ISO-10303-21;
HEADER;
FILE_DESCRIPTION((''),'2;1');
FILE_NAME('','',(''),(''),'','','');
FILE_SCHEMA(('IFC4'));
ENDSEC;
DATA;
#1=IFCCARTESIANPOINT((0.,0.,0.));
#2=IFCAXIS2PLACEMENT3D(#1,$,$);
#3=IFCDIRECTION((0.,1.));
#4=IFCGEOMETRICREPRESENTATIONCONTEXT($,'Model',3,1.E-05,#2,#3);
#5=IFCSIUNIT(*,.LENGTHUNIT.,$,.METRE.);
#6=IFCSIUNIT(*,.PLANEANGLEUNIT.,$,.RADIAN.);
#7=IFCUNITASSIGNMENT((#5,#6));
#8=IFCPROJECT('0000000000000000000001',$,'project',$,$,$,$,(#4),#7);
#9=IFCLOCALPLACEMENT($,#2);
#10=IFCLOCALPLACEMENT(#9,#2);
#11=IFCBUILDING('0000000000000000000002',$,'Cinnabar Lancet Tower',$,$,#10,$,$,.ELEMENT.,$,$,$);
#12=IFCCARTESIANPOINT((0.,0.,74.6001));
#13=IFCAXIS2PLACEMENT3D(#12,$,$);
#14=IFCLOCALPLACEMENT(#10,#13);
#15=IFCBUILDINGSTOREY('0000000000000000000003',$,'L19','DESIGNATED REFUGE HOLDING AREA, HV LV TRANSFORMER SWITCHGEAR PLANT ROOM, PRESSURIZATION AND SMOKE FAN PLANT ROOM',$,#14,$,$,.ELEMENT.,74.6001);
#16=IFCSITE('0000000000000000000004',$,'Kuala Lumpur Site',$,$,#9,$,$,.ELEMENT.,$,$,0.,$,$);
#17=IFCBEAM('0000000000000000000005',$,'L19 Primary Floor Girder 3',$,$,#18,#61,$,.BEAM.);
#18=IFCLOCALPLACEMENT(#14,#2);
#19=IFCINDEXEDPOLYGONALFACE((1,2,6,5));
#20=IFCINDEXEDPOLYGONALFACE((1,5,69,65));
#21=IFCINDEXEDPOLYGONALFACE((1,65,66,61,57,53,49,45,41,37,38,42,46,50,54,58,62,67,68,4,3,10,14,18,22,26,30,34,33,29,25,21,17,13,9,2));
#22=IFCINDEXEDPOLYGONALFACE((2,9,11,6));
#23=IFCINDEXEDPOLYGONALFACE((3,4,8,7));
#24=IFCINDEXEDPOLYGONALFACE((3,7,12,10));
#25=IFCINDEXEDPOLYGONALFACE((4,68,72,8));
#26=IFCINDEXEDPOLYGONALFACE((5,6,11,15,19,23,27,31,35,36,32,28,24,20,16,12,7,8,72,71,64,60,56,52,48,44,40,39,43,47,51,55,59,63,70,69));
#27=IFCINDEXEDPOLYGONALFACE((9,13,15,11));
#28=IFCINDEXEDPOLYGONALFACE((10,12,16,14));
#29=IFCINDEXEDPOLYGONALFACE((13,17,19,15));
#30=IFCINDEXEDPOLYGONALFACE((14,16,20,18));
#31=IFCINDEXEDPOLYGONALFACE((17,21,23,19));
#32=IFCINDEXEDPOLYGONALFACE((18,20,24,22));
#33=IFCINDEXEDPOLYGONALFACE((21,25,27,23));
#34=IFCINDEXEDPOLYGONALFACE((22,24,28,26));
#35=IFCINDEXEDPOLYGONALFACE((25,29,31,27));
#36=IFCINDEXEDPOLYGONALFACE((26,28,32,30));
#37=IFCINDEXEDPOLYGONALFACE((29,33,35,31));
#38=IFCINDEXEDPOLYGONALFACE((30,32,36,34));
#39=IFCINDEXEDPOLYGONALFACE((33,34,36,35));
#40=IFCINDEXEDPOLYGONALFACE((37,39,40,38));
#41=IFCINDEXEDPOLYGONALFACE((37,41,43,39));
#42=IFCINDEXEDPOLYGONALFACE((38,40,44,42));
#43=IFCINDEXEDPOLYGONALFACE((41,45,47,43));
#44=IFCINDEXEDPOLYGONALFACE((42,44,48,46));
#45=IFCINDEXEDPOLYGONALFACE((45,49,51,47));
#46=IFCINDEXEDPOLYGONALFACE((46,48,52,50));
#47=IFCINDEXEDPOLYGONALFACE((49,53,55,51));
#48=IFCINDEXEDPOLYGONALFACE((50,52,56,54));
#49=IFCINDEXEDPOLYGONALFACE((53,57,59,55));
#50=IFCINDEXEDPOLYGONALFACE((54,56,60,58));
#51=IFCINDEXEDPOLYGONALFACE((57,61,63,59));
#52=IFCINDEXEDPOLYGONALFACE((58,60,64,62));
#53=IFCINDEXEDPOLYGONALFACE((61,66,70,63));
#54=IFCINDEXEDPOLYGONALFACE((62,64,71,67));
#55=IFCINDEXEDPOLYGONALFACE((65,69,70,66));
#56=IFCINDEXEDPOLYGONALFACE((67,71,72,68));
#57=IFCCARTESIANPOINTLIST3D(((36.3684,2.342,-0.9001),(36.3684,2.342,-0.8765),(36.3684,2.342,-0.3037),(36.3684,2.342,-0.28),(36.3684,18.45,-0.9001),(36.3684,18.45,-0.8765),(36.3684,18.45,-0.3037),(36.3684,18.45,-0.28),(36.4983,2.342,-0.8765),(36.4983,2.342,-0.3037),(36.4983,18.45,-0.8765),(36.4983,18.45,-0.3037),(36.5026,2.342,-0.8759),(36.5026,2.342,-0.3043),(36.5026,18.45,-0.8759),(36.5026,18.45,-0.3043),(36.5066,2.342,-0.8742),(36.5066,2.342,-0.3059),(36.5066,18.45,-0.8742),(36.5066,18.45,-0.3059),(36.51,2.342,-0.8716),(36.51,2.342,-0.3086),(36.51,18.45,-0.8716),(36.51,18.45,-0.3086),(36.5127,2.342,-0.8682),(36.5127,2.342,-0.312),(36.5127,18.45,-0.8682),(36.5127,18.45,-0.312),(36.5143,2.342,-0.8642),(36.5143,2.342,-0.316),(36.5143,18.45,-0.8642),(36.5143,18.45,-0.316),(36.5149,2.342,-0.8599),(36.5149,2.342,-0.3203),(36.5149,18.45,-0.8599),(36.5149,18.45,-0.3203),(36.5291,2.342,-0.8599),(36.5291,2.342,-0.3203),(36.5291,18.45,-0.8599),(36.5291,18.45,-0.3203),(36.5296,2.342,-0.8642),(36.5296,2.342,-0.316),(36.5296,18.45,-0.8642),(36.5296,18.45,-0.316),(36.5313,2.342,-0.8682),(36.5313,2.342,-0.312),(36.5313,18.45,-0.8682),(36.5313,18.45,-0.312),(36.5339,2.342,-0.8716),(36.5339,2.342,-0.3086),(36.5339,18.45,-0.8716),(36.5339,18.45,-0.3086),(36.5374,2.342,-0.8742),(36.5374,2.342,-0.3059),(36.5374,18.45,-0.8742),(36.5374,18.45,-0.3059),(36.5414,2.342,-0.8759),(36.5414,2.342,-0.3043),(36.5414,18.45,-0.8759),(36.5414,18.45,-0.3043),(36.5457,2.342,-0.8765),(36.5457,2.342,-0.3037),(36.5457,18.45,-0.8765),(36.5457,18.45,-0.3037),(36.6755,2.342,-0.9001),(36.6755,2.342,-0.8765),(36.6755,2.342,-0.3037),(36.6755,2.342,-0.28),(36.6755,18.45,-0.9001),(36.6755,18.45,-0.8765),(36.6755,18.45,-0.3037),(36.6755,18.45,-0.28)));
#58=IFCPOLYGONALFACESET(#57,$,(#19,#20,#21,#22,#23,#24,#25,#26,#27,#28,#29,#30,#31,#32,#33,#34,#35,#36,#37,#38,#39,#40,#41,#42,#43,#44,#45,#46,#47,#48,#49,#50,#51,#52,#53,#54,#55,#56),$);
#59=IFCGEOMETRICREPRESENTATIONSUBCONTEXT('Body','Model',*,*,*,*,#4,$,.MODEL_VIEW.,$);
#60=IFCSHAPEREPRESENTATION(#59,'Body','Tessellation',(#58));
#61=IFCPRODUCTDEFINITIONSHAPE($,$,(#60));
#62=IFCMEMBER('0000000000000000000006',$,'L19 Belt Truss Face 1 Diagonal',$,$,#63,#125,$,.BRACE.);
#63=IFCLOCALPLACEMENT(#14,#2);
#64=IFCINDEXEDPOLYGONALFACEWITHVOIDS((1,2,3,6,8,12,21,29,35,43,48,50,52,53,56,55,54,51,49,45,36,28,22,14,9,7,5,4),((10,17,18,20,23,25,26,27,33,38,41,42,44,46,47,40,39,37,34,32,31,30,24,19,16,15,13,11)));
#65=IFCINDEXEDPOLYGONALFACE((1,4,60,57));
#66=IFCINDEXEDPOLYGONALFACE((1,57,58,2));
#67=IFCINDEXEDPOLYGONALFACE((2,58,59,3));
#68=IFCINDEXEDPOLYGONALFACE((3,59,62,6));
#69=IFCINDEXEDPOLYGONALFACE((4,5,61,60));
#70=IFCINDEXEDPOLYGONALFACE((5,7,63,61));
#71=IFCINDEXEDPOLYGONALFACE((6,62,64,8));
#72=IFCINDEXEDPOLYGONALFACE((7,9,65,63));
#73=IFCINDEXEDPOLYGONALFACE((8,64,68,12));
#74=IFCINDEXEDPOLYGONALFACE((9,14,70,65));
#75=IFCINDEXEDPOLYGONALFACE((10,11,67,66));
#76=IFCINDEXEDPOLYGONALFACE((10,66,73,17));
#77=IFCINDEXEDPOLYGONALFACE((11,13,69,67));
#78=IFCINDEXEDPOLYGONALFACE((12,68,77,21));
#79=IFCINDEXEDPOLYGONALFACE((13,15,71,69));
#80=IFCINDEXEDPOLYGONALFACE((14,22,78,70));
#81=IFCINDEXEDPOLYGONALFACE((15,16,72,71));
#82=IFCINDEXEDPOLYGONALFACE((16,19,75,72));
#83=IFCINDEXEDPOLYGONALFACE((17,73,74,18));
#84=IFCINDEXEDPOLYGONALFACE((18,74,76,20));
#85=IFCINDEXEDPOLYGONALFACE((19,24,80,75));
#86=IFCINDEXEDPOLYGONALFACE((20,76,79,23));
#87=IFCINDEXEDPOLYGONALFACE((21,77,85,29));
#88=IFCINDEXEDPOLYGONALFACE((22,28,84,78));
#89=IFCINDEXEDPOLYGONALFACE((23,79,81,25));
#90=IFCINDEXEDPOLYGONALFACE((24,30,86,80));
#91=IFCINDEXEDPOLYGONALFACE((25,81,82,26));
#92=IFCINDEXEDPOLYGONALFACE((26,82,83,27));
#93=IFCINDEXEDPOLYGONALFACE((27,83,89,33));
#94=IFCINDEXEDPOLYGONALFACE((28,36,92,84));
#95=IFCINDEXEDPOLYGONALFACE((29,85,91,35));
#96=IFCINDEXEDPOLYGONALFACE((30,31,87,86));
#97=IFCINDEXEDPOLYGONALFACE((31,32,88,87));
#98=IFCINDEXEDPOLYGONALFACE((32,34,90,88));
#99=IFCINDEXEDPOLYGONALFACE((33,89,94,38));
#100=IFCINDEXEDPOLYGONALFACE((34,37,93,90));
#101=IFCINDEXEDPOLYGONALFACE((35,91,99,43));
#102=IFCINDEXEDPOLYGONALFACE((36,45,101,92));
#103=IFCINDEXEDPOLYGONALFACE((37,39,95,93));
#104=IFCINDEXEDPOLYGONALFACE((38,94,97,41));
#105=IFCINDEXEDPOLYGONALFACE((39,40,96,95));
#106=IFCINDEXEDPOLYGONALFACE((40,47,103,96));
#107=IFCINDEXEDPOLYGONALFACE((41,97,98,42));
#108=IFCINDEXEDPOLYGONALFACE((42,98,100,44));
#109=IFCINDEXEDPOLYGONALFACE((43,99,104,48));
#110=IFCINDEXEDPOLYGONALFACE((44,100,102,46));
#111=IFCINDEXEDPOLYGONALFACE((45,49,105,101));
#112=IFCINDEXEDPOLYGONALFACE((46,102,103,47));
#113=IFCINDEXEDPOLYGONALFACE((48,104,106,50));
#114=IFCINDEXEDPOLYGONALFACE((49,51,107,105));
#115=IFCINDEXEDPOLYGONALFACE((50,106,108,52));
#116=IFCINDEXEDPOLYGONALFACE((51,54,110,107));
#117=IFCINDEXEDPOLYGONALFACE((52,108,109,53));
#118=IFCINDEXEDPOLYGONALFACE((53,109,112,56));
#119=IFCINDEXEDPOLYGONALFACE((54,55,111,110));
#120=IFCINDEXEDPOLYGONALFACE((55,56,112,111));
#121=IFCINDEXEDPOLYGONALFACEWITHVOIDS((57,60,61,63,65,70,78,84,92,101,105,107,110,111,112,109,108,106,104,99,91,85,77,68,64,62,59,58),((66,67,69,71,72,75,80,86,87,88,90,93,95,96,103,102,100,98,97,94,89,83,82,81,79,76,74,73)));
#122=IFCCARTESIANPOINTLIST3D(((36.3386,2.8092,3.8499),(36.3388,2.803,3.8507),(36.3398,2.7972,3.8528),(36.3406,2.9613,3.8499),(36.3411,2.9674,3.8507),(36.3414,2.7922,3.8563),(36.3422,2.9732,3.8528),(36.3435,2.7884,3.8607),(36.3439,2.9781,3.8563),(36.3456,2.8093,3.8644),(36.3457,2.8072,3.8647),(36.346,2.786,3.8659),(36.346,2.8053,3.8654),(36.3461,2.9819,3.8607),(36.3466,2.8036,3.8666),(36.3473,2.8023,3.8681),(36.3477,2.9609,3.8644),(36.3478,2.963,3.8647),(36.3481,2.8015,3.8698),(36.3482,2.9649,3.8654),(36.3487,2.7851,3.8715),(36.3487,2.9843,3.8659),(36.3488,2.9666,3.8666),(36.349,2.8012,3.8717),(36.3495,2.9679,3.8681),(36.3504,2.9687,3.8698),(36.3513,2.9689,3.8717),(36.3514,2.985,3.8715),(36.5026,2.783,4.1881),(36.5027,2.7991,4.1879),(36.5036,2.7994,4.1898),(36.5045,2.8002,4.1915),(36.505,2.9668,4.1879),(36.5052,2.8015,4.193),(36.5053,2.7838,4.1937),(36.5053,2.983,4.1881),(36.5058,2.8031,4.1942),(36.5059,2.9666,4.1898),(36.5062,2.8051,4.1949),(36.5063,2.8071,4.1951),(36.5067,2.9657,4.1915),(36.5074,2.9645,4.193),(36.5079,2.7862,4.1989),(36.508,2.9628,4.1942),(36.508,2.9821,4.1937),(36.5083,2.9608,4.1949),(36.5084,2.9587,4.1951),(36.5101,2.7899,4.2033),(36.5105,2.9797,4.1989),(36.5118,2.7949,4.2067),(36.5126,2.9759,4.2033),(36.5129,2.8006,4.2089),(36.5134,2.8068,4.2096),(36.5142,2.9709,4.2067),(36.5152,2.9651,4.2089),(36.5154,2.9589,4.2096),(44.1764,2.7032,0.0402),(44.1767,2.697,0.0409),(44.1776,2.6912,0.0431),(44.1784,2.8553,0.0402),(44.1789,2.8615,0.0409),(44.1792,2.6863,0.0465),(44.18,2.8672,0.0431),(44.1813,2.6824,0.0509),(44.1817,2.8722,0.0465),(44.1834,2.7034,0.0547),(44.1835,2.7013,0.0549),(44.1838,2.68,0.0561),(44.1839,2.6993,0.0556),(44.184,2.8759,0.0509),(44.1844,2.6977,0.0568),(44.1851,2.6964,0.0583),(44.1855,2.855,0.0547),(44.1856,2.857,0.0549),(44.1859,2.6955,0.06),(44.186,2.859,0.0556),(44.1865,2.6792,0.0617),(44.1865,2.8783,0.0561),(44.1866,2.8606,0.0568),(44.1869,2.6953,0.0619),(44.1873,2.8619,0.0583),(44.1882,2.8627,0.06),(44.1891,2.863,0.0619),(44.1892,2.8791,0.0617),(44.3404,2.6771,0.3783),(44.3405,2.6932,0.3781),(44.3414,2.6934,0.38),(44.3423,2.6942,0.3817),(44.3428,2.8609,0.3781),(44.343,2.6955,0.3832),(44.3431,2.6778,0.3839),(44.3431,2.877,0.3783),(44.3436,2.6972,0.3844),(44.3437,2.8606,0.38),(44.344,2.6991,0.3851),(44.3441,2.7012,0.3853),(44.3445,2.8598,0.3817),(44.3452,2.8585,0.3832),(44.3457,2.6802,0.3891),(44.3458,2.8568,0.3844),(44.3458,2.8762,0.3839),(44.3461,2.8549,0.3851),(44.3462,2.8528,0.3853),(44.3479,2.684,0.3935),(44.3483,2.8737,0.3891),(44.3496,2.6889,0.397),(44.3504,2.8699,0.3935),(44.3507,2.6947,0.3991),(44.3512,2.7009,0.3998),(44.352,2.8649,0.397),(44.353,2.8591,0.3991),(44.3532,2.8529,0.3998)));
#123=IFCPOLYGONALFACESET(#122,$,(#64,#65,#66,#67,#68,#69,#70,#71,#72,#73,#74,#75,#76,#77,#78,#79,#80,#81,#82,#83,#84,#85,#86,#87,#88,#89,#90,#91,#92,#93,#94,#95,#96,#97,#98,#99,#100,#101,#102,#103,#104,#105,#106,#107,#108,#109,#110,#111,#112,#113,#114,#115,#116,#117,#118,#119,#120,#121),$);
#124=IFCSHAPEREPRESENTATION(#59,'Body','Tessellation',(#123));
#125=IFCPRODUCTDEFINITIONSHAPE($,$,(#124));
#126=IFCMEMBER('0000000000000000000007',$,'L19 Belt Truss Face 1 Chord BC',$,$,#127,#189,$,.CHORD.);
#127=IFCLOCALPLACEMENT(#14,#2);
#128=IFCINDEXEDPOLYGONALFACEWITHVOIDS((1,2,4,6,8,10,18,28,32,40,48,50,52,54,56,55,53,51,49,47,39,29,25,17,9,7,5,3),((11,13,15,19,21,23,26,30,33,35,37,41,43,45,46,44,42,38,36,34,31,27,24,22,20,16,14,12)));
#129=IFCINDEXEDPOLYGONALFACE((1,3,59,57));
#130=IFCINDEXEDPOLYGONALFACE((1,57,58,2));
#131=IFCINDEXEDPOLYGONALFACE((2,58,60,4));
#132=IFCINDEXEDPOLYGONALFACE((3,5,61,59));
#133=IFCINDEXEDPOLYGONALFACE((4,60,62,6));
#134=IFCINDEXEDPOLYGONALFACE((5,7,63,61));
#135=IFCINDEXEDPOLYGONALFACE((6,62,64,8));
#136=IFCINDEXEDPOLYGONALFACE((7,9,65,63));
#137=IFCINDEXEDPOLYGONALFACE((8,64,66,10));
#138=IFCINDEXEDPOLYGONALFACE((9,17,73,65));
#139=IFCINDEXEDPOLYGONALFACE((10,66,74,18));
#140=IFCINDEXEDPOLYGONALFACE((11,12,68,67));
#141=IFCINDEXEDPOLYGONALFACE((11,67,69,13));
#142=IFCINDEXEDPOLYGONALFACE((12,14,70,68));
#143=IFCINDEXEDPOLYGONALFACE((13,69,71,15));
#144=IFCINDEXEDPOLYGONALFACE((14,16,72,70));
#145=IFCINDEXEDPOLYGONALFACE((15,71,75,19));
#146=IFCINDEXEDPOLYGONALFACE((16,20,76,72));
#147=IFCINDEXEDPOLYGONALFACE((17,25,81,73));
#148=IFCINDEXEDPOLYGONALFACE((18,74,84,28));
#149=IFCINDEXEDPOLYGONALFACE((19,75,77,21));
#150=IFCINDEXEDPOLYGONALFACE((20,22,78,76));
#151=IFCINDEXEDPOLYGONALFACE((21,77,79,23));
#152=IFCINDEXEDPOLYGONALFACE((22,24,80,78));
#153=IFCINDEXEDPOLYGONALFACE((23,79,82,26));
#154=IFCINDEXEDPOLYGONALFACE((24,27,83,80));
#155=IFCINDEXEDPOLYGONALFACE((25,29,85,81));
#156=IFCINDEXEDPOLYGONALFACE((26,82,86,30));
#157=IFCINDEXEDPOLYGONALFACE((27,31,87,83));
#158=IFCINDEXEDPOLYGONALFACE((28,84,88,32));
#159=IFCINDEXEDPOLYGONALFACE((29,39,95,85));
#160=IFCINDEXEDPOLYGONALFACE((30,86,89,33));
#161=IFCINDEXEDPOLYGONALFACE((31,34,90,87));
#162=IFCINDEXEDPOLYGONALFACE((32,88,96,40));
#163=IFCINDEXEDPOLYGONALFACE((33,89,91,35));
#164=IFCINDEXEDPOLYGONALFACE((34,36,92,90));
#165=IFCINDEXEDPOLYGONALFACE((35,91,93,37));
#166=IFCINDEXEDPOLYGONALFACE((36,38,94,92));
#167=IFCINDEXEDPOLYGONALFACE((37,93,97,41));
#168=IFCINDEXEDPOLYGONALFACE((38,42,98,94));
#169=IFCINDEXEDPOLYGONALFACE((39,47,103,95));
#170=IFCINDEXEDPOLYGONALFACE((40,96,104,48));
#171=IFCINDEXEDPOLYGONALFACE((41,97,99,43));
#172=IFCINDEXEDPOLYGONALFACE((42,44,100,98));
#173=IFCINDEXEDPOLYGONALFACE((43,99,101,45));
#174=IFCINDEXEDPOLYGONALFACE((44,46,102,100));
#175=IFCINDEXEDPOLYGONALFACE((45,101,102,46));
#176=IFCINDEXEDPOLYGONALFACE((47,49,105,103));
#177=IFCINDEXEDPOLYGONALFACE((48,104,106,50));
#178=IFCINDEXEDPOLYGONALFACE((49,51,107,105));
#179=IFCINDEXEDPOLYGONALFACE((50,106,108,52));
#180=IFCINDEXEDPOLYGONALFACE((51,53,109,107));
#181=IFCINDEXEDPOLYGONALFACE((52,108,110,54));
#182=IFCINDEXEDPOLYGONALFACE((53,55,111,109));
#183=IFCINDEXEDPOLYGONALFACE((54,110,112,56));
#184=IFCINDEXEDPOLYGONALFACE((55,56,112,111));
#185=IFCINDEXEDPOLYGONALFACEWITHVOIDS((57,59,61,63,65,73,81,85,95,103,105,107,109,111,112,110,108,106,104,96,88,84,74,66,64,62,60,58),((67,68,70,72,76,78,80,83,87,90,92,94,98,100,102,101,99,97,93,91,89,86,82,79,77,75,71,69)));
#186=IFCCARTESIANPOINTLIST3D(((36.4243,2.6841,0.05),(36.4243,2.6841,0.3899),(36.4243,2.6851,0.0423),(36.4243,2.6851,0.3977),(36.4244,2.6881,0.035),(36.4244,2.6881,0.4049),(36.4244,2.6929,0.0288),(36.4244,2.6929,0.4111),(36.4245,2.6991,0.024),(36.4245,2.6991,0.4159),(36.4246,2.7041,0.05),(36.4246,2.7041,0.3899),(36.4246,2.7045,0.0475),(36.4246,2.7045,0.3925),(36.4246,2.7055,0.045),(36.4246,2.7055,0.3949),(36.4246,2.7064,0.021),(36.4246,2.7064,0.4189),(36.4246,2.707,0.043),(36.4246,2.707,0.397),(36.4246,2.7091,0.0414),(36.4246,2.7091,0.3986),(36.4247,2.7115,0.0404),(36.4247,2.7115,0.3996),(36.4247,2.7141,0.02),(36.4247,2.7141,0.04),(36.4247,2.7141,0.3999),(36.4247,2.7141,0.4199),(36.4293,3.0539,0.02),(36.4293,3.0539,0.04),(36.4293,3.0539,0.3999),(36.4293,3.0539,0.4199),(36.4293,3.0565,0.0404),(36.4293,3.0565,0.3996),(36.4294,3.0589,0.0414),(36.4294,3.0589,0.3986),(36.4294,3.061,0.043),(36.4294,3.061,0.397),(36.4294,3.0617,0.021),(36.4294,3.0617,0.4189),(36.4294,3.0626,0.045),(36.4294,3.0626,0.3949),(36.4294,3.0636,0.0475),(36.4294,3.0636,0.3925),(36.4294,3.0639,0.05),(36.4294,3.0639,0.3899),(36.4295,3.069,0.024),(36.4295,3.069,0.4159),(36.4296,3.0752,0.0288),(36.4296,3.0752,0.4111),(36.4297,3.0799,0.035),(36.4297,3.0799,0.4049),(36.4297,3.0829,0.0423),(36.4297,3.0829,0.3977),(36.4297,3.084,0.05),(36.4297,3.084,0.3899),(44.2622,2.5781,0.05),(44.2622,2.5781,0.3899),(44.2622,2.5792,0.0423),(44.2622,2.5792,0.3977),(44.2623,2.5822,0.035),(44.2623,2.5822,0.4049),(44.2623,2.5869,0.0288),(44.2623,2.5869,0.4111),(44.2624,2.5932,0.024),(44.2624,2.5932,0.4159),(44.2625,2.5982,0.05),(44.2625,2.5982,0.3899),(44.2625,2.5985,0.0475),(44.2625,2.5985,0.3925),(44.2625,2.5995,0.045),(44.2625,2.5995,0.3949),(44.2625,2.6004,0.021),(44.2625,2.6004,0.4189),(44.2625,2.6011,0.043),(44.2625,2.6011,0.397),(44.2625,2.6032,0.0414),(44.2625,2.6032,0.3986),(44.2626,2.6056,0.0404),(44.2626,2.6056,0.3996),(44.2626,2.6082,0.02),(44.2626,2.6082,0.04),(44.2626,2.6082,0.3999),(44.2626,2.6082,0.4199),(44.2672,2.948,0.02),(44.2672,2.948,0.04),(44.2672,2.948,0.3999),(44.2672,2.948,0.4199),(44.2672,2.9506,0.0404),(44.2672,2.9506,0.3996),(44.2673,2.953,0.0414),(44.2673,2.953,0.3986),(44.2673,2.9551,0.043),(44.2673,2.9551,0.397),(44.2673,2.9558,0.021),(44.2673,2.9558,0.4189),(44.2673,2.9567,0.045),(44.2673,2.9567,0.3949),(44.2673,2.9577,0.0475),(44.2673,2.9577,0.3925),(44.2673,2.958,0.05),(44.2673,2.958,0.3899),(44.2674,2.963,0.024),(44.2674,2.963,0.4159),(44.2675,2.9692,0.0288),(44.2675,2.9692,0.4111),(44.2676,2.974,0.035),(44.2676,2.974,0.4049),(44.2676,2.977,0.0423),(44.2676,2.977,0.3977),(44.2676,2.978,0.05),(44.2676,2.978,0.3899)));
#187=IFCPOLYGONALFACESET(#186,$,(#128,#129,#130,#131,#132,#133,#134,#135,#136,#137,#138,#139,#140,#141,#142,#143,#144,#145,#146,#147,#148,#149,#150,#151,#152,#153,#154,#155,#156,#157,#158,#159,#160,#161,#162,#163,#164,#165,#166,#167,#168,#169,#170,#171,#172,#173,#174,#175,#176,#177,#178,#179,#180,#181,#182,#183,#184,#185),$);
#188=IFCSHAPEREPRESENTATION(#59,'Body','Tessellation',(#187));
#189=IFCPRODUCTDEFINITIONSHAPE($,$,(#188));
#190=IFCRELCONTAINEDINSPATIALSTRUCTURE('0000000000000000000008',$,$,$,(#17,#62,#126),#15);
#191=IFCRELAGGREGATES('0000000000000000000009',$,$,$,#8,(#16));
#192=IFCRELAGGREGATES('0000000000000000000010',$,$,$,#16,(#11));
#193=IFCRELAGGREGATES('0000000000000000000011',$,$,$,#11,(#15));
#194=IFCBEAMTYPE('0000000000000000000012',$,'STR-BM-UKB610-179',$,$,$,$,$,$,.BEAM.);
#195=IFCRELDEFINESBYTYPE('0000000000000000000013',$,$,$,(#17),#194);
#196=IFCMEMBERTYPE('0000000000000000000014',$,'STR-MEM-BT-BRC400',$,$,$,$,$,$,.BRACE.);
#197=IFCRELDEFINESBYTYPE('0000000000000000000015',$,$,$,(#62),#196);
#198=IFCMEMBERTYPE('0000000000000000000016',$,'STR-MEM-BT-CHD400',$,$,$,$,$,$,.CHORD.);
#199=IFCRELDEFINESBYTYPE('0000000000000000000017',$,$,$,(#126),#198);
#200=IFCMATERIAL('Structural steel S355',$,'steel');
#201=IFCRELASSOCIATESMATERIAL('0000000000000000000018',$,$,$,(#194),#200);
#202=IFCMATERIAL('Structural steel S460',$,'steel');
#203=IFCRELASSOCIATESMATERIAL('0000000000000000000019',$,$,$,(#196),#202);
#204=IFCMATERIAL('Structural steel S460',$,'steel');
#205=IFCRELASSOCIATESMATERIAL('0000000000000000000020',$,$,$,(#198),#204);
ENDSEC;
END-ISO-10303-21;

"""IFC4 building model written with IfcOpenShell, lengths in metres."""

from ifc_helpers import new_model, si_unit, direction, frame, origin, origin_2d, place, context, subcontext, project, spatial, hollow_rectangle, i_section, extrude, material, material_profile, profile_set, type_object, element, save


model = new_model("IFC4")

# Units and contexts
model_context = context("Model", 3, precision=1e-05, world=origin(), true_north=direction((0.0, 1.0)))
body_context = subcontext(model_context, "Body", "Model", "MODEL_VIEW")
ifc_project = project(units=[si_unit("LENGTHUNIT", "METRE"), si_unit("PLANEANGLEUNIT", "RADIAN")], contexts=[model_context])

# Site, building, storey
site_placement = place(None, origin())
site = spatial("IfcSite", under=ifc_project, at=site_placement, Name="Kuala Lumpur Site", CompositionType="ELEMENT", RefElevation=0.0)
building_placement = place(site_placement, origin())
building = spatial("IfcBuilding", under=site, at=building_placement, Name="Cinnabar Lancet Tower", CompositionType="ELEMENT")
storey_placement = place(building_placement, frame((0.0, 0.0, 74.6001)))
storey = spatial("IfcBuildingStorey", under=building, at=storey_placement, Name="L19", Description="DESIGNATED REFUGE HOLDING AREA, HV LV TRANSFORMER SWITCHGEAR PLANT ROOM, PRESSURIZATION AND SMOKE FAN PLANT ROOM", CompositionType="ELEMENT", Elevation=74.6001)

# Beam
ifc_material_1 = material(Name="Structural steel S355", Category="steel")
ifc_material_profile_1 = material_profile(ifc_material_1, i_section(OverallWidth=0.3071, OverallDepth=0.6201, WebThickness=0.0142, FlangeThickness=0.0237, FilletRadius=0.0166, at=origin_2d()), Name="UKB 610x305x179")
ifc_profile_set_1 = profile_set([ifc_material_profile_1], Name="Structural steel S355")
beam_type_1 = type_object("IfcBeamType", Name="STR-BM-UKB610-179", PredefinedType="BEAM", material=ifc_profile_set_1)
beam_1_placement = place(storey_placement, frame((36.522, 2.342, -0.5901), z_axis=(0.0, 1.0, 0.0), x_axis=(-1.0, 0.0, 0.0)))
element("IfcBeam", 1, at=beam_1_placement, inside=storey, type_object=beam_type_1, Name="L19 Primary Floor Girder 3", PredefinedType="BEAM", context=body_context, shape_type="SweptSolid", body=[
    extrude(i_section(OverallWidth=0.3071, OverallDepth=0.6201, WebThickness=0.0142, FlangeThickness=0.0237, FilletRadius=0.0166, at=origin_2d()), origin(), (0.0, 0.0, 1.0), 16.1079),
])

# Members
ifc_material_2 = material(Name="Structural steel S460", Category="steel")
ifc_material_profile_2 = material_profile(ifc_material_2, hollow_rectangle(XDim=0.2, YDim=0.3999, WallThickness=0.0161, InnerFilletRadius=0.0081, OuterFilletRadius=0.0239, at=origin_2d()), Name="RHS 400x200x16")
ifc_profile_set_2 = profile_set([ifc_material_profile_2], Name="Structural steel S460")
member_type_1 = type_object("IfcMemberType", Name="STR-MEM-BT-BRC400", PredefinedType="BRACE", material=ifc_profile_set_2)
member_1_placement = place(storey_placement, frame((36.427, 2.884, 4.0298), z_axis=(0.899314, -0.012157, -0.437135), x_axis=(0.013517, 0.999909, 0.0)))
element("IfcMember", 2, at=member_1_placement, inside=storey, type_object=member_type_1, Name="L19 Belt Truss Face 1 Diagonal", PredefinedType="BRACE", context=body_context, shape_type="SweptSolid", body=[
    extrude(hollow_rectangle(XDim=0.2, YDim=0.3999, WallThickness=0.0161, InnerFilletRadius=0.0081, OuterFilletRadius=0.0239, at=origin_2d()), origin(), (0.0, 0.0, 1.0), 8.7153),
])
ifc_material_3 = material(Name="Structural steel S460", Category="steel")
ifc_material_profile_3 = material_profile(ifc_material_3, hollow_rectangle(XDim=0.3999, YDim=0.3999, WallThickness=0.02, InnerFilletRadius=0.01, OuterFilletRadius=0.03, at=origin_2d()), Name="SHS 400x400x20")
ifc_profile_set_3 = profile_set([ifc_material_profile_3], Name="Structural steel S460")
member_type_2 = type_object("IfcMemberType", Name="STR-MEM-BT-CHD400", PredefinedType="CHORD", material=ifc_profile_set_3)
for number, where, z_axis, x_axis, name in (
    (3, (36.427, 2.884, 0.22), (0.999909, -0.013517, 0.0), (0.013517, 0.999909, 0.0), "L19 Belt Truss Face 1 Chord BC"),
):
    element("IfcMember", number, at=place(storey_placement, frame(where, z_axis=z_axis, x_axis=x_axis)), inside=storey, type_object=member_type_2, Name=name, PredefinedType="CHORD", context=body_context, shape_type="SweptSolid", body=[
        extrude(hollow_rectangle(XDim=0.3999, YDim=0.3999, WallThickness=0.02, InnerFilletRadius=0.01, OuterFilletRadius=0.03, at=origin_2d()), origin(), (0.0, 0.0, 1.0), 7.8386),
    ])

save(model, "model.ifc")
